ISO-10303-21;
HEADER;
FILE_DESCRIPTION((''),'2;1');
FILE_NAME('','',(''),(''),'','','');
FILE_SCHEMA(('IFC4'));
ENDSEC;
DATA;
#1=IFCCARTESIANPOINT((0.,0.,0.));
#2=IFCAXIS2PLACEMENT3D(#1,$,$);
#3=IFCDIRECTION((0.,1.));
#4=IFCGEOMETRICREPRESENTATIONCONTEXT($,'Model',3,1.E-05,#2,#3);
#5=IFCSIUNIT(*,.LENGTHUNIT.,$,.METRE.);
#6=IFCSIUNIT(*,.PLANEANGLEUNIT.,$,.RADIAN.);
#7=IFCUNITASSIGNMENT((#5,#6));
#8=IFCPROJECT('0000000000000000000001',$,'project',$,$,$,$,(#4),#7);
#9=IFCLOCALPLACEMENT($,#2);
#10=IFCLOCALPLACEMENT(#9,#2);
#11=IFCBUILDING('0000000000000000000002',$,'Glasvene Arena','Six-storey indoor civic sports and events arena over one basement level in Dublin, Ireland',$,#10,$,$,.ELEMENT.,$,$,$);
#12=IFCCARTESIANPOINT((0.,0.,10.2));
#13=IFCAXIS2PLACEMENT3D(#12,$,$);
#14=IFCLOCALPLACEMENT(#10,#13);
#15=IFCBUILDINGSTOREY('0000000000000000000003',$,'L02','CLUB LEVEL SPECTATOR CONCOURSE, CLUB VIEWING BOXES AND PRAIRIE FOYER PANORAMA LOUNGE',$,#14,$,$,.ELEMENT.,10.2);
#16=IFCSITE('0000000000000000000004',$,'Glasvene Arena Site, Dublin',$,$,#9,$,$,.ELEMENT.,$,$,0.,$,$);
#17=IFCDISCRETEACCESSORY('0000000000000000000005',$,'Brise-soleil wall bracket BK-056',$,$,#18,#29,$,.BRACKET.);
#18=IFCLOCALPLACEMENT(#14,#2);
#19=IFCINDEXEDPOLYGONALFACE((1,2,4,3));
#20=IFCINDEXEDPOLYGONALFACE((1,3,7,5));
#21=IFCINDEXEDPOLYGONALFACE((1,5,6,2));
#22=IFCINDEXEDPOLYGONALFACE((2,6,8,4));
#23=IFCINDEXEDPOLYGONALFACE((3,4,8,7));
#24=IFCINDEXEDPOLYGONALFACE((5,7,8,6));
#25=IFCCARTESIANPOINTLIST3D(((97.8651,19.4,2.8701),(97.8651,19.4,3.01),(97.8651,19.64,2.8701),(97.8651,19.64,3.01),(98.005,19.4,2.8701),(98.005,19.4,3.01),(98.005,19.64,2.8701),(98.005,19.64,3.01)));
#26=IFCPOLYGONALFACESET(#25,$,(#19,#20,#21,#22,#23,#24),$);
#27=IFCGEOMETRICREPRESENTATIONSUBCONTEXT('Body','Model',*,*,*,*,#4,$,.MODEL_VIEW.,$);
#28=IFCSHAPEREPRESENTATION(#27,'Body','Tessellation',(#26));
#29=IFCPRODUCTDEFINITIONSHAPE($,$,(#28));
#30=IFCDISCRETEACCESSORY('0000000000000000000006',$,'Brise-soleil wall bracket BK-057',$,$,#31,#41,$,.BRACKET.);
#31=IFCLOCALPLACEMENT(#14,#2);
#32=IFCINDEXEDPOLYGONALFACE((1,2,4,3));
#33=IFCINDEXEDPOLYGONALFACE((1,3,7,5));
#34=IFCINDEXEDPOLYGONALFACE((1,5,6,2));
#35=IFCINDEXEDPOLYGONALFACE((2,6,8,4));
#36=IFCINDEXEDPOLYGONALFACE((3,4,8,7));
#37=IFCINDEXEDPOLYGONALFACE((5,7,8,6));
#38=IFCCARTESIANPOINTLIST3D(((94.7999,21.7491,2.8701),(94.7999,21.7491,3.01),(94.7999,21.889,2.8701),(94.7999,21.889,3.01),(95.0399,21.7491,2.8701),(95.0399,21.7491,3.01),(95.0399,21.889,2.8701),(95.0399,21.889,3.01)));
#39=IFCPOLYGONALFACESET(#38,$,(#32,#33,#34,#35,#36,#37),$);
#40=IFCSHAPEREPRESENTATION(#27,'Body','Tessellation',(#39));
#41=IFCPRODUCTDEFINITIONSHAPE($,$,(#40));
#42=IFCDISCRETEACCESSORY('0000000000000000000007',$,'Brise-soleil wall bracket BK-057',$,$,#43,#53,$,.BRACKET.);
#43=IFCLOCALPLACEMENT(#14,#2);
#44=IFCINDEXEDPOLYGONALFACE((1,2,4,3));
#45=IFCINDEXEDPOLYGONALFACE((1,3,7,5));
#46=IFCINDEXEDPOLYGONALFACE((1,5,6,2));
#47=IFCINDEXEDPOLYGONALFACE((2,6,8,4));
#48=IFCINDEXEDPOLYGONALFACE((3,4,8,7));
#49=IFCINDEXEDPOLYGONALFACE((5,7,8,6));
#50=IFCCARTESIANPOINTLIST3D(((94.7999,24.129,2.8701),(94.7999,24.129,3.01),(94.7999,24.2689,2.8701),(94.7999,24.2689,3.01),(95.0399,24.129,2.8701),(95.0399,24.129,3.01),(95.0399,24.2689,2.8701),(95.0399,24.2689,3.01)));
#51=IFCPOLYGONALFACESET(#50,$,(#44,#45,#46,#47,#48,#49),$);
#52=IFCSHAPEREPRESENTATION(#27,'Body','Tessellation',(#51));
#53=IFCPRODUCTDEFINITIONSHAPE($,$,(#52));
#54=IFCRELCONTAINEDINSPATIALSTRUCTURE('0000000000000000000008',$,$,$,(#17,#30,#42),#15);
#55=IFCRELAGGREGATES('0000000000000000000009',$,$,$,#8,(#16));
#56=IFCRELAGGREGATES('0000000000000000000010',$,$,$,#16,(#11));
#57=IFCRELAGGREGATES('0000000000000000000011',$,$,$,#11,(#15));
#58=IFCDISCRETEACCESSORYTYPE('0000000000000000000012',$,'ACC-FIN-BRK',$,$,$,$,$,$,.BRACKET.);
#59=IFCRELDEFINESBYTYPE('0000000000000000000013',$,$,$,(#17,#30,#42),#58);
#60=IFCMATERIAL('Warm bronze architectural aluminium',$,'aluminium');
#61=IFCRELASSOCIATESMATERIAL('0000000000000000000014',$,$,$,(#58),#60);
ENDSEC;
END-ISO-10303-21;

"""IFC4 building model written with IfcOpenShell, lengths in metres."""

from ifc_helpers import new_model, si_unit, direction, frame, origin, origin_2d, place, context, subcontext, project, spatial, rectangle, extrude, material, type_object, element, save


model = new_model("IFC4")

# Units and contexts
model_context = context("Model", 3, precision=1e-05, world=origin(), true_north=direction((0.0, 1.0)))
body_context = subcontext(model_context, "Body", "Model", "MODEL_VIEW")
ifc_project = project(units=[si_unit("LENGTHUNIT", "METRE"), si_unit("PLANEANGLEUNIT", "RADIAN")], contexts=[model_context])

# Site, building, storey
site_placement = place(None, origin())
site = spatial("IfcSite", under=ifc_project, at=site_placement, Name="Glasvene Arena Site, Dublin", CompositionType="ELEMENT", RefElevation=0.0)
building_placement = place(site_placement, origin())
building = spatial("IfcBuilding", under=site, at=building_placement, Name="Glasvene Arena", Description="Six-storey indoor civic sports and events arena over one basement level in Dublin, Ireland", CompositionType="ELEMENT")
storey_placement = place(building_placement, frame((0.0, 0.0, 10.2)))
storey = spatial("IfcBuildingStorey", under=building, at=storey_placement, Name="L02", Description="CLUB LEVEL SPECTATOR CONCOURSE, CLUB VIEWING BOXES AND PRAIRIE FOYER PANORAMA LOUNGE", CompositionType="ELEMENT", Elevation=10.2)

# Shared definitions
ifc_material_1 = material(Name="Warm bronze architectural aluminium", Category="aluminium")

# Discrete accessories
discrete_accessory_type = type_object("IfcDiscreteAccessoryType", Name="ACC-FIN-BRK", PredefinedType="BRACKET", material=ifc_material_1)
for number, where, z_axis, x_axis, name in (
    (1, (97.9351, 19.52, 2.8701), (0.0, 0.0, 1.0), (-1.0, 0.0, 0.0), "Brise-soleil wall bracket BK-056"),
    (2, (94.9199, 21.8191, 2.8701), (0.0, 0.0, 1.0), (0.0, 1.0, 0.0), "Brise-soleil wall bracket BK-057"),
    (3, (94.9199, 24.199, 2.8701), (0.0, 0.0, 1.0), (0.0, 1.0, 0.0), "Brise-soleil wall bracket BK-057"),
):
    element("IfcDiscreteAccessory", number, at=place(storey_placement, frame(where, z_axis=z_axis, x_axis=x_axis)), inside=storey, type_object=discrete_accessory_type, Name=name, PredefinedType="BRACKET", context=body_context, shape_type="SweptSolid", body=[
        extrude(rectangle(XDim=0.1399, YDim=0.24, at=origin_2d()), origin(), (0.0, 0.0, 1.0), 0.1399),
    ])

save(model, "model.ifc")
